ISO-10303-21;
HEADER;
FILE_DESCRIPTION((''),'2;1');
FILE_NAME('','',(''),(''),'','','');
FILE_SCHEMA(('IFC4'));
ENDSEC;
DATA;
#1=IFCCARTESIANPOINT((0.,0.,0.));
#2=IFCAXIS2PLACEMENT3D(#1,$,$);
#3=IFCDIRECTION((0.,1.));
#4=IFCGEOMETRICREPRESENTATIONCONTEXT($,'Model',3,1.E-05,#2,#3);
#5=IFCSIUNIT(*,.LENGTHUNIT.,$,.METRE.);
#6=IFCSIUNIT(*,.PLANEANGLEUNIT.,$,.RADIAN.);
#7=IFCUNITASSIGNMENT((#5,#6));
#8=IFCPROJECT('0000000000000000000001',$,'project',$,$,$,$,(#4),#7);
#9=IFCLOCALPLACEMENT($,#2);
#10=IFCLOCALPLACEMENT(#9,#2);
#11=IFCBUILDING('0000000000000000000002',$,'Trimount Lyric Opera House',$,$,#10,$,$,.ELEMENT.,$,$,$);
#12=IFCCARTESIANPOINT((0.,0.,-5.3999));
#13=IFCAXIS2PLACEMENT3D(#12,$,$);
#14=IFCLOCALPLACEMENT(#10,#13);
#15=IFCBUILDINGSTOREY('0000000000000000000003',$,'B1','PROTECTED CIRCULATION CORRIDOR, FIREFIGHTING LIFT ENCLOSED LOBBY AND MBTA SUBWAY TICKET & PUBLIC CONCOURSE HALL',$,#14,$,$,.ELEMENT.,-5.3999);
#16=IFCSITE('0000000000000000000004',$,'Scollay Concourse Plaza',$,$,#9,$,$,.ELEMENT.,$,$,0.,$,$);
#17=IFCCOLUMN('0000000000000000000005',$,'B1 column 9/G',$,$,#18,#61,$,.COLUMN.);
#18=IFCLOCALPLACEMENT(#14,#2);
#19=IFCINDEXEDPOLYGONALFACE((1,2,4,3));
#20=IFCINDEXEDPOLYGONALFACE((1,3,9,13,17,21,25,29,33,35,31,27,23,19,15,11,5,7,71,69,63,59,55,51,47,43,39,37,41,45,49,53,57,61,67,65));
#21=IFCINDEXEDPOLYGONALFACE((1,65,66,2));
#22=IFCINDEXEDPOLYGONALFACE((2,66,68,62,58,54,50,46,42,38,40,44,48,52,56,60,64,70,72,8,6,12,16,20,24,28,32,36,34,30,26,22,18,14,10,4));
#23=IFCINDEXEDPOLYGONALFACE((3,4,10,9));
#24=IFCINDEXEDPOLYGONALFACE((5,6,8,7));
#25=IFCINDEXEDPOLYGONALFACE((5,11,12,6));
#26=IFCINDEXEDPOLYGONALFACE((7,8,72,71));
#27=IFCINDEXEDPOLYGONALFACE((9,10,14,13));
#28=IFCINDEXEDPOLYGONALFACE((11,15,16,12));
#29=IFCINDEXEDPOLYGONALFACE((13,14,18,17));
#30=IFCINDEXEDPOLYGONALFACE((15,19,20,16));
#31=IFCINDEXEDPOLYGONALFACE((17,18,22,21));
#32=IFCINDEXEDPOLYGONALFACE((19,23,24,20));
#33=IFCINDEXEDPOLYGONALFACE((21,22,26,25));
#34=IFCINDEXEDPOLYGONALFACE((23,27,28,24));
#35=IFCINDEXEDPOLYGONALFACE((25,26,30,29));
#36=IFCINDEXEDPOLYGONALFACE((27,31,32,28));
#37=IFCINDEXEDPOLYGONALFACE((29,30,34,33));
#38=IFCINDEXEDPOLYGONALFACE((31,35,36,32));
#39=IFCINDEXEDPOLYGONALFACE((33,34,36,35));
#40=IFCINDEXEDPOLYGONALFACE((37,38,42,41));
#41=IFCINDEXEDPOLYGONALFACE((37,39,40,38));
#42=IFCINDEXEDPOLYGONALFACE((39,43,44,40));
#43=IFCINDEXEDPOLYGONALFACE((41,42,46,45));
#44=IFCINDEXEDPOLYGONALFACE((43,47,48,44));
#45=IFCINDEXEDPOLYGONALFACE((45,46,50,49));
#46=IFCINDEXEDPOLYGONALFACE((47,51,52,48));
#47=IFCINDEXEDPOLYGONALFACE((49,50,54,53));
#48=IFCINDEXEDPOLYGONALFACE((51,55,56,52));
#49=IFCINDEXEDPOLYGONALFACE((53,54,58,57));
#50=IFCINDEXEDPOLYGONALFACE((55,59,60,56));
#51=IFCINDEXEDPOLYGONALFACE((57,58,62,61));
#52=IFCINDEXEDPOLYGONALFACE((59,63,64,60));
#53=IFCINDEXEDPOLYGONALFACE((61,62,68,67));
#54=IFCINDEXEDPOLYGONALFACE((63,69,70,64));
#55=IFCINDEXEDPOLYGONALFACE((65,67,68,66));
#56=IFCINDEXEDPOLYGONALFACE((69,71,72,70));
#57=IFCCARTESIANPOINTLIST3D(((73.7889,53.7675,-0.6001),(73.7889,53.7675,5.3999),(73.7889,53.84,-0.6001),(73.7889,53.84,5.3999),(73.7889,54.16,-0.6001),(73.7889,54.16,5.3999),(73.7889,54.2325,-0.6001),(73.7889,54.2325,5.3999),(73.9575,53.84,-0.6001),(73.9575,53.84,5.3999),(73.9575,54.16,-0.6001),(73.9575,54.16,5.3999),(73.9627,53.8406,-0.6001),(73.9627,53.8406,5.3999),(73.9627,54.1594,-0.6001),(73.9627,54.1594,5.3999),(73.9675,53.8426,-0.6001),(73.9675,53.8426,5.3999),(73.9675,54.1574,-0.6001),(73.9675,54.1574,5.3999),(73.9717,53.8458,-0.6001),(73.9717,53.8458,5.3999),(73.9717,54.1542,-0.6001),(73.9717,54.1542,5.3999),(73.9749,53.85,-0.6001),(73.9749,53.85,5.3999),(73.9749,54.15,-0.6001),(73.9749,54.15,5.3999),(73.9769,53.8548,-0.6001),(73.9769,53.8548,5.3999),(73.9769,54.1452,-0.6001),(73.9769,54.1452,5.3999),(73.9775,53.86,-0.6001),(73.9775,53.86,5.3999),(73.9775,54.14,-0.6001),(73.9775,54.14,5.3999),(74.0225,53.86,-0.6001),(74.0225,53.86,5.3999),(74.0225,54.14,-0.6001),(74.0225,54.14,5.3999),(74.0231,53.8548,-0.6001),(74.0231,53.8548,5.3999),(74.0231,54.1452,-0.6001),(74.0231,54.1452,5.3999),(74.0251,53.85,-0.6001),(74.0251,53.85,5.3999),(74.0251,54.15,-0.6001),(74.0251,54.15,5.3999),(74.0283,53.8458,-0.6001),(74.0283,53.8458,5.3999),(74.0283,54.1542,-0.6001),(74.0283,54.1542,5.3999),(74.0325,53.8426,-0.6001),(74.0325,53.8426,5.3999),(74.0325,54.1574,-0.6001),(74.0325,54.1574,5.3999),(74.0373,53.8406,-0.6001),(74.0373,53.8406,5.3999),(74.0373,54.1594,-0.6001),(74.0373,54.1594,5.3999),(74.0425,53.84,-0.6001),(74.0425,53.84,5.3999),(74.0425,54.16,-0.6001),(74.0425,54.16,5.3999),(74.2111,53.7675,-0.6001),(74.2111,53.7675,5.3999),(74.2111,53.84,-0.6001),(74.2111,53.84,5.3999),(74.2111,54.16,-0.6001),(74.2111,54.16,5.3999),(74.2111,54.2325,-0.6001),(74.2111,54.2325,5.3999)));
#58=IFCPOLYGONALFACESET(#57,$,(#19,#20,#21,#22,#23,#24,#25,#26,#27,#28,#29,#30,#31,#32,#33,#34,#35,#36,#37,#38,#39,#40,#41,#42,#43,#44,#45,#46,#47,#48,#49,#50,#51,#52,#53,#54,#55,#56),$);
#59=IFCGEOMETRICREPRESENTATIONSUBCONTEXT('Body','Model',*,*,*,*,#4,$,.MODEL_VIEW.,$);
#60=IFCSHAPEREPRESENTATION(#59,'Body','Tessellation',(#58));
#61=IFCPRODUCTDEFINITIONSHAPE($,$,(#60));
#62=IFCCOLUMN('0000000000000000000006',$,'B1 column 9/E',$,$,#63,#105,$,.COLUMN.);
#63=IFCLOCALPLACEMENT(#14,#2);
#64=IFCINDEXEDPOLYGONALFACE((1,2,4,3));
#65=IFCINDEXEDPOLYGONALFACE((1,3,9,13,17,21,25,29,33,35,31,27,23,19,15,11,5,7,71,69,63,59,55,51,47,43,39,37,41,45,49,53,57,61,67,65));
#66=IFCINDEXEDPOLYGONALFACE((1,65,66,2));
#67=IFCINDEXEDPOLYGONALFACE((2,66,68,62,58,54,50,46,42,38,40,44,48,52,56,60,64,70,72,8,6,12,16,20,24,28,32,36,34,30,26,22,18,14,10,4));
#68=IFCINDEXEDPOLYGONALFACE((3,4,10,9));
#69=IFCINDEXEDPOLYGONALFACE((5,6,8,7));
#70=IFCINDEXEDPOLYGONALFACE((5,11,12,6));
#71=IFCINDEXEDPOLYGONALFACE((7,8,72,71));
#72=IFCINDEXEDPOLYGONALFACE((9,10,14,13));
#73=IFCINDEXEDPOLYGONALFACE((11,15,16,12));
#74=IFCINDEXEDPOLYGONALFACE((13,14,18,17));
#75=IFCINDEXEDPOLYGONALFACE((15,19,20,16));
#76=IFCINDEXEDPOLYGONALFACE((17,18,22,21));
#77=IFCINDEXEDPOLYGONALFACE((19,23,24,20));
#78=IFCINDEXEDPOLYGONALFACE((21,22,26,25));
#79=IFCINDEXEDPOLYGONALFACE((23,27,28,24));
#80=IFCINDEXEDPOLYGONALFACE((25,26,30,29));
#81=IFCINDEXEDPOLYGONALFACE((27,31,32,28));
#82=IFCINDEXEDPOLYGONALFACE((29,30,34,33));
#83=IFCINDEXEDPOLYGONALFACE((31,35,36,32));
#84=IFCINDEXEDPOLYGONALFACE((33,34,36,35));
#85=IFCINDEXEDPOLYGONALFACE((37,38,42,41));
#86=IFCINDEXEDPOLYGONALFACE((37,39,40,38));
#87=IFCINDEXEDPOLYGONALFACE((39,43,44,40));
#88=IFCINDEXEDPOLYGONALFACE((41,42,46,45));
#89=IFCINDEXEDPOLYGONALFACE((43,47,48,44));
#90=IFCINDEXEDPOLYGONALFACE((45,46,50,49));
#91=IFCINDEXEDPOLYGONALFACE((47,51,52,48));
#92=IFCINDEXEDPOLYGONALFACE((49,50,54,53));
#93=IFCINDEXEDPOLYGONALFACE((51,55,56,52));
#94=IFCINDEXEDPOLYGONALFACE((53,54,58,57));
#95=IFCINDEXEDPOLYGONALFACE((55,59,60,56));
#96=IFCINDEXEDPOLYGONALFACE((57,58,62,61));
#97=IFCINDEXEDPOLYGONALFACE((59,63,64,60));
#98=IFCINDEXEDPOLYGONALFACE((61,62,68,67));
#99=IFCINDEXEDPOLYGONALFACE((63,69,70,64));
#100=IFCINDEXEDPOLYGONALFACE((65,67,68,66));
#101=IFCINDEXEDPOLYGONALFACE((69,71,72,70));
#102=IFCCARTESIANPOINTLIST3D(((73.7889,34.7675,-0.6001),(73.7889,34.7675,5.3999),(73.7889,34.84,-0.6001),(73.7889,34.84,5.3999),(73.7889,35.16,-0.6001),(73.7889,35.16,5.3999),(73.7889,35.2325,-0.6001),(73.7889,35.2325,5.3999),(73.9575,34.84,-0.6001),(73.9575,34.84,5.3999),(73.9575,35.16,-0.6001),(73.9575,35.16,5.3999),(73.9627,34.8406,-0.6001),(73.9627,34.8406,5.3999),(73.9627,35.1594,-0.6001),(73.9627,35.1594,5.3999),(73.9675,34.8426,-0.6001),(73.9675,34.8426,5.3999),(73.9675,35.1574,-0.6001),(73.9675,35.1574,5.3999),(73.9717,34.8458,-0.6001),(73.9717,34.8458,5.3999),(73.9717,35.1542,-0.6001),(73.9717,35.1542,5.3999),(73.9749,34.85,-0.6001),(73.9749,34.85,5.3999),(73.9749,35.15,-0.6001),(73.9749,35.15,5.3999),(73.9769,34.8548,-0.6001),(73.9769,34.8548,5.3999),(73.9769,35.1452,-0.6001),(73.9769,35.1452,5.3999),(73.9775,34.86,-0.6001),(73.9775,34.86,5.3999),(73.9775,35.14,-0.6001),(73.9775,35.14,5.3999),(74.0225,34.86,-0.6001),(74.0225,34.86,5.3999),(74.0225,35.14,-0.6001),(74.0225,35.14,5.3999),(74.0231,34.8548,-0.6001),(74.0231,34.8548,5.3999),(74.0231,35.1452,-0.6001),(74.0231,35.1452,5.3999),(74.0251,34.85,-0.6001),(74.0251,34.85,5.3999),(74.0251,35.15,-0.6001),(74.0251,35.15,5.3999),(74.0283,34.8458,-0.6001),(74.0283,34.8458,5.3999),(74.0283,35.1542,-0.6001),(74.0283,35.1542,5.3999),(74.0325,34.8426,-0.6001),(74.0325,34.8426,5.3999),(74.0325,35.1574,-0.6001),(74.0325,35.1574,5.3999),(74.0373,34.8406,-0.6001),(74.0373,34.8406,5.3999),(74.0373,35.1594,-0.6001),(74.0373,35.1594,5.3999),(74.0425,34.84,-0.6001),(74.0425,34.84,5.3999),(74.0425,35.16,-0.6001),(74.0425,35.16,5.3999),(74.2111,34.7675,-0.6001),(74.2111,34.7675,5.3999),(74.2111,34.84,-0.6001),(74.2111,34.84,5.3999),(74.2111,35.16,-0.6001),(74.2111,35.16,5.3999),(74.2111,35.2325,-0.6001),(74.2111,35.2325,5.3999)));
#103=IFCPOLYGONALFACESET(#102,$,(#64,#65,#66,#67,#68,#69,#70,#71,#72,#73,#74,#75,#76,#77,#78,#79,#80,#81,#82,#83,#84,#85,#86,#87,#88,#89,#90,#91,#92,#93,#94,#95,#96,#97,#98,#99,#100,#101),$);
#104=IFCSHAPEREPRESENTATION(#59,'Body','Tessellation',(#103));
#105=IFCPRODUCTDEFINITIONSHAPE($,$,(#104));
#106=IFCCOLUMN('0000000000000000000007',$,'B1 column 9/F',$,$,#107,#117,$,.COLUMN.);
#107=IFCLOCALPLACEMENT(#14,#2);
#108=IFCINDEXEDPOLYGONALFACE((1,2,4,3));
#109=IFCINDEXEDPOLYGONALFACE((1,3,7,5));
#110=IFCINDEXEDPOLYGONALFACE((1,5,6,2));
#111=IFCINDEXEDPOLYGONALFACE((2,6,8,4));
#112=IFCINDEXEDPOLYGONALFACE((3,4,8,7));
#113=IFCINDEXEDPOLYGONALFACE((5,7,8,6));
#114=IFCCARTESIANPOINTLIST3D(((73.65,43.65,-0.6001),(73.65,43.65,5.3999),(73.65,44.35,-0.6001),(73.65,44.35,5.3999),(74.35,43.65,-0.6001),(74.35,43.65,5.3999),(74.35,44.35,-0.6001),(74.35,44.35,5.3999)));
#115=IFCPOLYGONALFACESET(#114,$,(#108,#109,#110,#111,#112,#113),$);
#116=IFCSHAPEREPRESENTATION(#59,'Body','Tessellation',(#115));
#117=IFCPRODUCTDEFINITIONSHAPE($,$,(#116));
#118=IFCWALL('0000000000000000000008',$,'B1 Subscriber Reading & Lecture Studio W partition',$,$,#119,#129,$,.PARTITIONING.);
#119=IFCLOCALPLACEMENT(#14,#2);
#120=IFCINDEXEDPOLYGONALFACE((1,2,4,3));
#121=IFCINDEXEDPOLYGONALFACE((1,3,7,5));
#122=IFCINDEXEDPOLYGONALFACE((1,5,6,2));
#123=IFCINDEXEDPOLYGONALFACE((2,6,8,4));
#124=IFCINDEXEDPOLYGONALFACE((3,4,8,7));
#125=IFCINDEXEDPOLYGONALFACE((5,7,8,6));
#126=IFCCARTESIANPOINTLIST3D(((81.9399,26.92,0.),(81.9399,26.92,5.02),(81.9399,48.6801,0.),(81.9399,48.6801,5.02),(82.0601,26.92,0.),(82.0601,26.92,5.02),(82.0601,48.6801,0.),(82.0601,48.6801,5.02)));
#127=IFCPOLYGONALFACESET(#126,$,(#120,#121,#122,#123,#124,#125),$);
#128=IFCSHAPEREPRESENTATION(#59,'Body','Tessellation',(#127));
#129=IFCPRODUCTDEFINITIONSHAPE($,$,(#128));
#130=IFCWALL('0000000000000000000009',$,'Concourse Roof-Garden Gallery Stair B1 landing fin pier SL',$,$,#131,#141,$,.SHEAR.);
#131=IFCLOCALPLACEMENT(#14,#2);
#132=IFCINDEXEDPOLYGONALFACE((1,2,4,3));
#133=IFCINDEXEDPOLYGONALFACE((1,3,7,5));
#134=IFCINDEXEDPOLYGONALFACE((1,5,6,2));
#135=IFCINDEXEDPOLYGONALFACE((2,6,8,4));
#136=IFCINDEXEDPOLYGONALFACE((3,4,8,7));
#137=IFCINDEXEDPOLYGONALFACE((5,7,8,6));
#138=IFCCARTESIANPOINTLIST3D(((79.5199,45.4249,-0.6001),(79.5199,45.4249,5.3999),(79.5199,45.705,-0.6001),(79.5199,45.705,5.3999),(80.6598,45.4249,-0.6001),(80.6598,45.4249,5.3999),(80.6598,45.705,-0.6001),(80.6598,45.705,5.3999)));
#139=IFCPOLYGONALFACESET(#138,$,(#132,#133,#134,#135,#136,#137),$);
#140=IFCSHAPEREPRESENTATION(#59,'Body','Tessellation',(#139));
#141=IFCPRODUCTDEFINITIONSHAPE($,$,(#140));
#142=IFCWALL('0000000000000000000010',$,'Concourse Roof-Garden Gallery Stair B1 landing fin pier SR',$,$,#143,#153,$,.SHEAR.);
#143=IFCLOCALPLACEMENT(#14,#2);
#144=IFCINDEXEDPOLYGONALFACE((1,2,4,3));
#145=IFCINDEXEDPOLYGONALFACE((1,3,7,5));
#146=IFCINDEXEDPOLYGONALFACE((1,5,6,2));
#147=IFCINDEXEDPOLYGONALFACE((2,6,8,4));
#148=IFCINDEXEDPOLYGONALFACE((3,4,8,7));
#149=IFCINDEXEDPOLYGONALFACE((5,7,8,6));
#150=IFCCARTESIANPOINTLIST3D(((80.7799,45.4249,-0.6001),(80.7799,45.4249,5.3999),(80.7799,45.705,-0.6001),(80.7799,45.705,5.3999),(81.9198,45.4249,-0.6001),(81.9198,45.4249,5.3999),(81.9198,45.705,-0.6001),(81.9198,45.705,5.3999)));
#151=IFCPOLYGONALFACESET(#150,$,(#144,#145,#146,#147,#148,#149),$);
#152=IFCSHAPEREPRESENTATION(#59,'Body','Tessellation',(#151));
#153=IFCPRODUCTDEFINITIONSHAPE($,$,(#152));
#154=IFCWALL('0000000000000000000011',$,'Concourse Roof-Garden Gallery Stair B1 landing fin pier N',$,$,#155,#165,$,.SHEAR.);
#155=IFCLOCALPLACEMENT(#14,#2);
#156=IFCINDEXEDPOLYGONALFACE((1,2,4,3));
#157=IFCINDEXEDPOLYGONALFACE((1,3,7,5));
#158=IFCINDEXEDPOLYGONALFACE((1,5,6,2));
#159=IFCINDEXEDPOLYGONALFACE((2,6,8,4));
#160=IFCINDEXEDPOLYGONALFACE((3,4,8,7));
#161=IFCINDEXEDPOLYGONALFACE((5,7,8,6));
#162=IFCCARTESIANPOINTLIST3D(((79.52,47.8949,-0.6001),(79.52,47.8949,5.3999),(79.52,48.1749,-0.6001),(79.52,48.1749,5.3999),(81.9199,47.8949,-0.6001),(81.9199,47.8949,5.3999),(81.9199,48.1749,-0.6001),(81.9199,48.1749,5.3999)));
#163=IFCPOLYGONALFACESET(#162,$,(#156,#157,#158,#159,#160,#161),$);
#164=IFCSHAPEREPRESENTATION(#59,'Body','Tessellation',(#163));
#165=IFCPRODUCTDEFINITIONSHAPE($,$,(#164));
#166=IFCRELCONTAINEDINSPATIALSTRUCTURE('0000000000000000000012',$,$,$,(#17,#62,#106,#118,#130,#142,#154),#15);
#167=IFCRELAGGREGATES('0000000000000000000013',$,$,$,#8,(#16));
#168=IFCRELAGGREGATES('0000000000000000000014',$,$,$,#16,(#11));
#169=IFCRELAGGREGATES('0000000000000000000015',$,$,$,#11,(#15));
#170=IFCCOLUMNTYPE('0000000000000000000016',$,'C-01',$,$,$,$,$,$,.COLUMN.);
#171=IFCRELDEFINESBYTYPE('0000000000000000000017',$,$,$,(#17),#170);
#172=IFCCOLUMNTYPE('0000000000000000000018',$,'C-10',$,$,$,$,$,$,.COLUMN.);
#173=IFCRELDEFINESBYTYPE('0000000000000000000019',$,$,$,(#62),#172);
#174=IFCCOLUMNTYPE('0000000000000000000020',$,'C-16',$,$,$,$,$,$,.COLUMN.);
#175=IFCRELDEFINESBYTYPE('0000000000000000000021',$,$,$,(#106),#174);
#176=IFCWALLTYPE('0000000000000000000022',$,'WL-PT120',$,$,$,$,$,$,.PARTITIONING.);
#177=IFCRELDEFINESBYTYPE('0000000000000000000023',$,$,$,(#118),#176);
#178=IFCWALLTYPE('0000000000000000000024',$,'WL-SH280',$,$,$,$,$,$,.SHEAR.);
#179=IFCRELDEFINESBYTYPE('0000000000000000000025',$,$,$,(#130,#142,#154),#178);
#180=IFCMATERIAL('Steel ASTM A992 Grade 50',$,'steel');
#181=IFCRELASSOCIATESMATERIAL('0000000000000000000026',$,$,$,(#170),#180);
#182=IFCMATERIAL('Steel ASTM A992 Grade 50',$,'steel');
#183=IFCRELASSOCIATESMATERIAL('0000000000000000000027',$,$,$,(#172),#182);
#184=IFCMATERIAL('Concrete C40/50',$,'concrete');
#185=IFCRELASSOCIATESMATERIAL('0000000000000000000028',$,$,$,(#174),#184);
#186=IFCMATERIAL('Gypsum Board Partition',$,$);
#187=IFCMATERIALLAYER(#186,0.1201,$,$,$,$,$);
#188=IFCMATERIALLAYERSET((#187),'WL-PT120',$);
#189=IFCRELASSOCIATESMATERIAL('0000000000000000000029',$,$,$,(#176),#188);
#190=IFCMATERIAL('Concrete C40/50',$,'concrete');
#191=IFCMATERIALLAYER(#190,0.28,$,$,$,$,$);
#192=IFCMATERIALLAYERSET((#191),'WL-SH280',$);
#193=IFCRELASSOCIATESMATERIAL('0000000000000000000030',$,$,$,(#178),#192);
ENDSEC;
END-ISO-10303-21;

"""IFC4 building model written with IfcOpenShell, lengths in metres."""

from ifc_helpers import new_model, si_unit, direction, frame, frame_2d, origin, origin_2d, place, context, subcontext, project, spatial, rectangle, i_section, extrude, material, layer, layer_set, material_profile, profile_set, type_object, element, save


model = new_model("IFC4")

# Units and contexts
model_context = context("Model", 3, precision=1e-05, world=origin(), true_north=direction((0.0, 1.0)))
body_context = subcontext(model_context, "Body", "Model", "MODEL_VIEW")
ifc_project = project(units=[si_unit("LENGTHUNIT", "METRE"), si_unit("PLANEANGLEUNIT", "RADIAN")], contexts=[model_context])

# Site, building, storey
site_placement = place(None, origin())
site = spatial("IfcSite", under=ifc_project, at=site_placement, Name="Scollay Concourse Plaza", CompositionType="ELEMENT", RefElevation=0.0)
building_placement = place(site_placement, origin())
building = spatial("IfcBuilding", under=site, at=building_placement, Name="Trimount Lyric Opera House", CompositionType="ELEMENT")
storey_placement = place(building_placement, frame((0.0, 0.0, -5.3999)))
storey = spatial("IfcBuildingStorey", under=building, at=storey_placement, Name="B1", Description="PROTECTED CIRCULATION CORRIDOR, FIREFIGHTING LIFT ENCLOSED LOBBY AND MBTA SUBWAY TICKET & PUBLIC CONCOURSE HALL", CompositionType="ELEMENT", Elevation=-5.3999)

# Columns
ifc_material_1 = material(Name="Steel ASTM A992 Grade 50", Category="steel")
ifc_material_profile_1 = material_profile(ifc_material_1, i_section(OverallWidth=0.4221, OverallDepth=0.4651, WebThickness=0.0449, FlangeThickness=0.0725, FilletRadius=0.02, at=origin_2d()), Name="W14X398")
ifc_profile_set_1 = profile_set([ifc_material_profile_1], Name="Steel ASTM A992 Grade 50")
column_type_1 = type_object("IfcColumnType", Name="C-01", PredefinedType="COLUMN", material=ifc_profile_set_1)
column_1_placement = place(storey_placement, frame((74.0, 54.0, -0.6001), z_axis=(0.0, 0.0, 1.0), x_axis=(1.0, 0.0, 0.0)))
element("IfcColumn", 1, at=column_1_placement, inside=storey, type_object=column_type_1, Name="B1 column 9/G", PredefinedType="COLUMN", context=body_context, shape_type="SweptSolid", body=[
    extrude(i_section(OverallWidth=0.4221, OverallDepth=0.4651, WebThickness=0.0449, FlangeThickness=0.0725, FilletRadius=0.02, at=origin_2d()), origin(), (0.0, 0.0, 1.0), 6.0),
])
ifc_material_2 = material(Name="Steel ASTM A992 Grade 50", Category="steel")
ifc_material_profile_2 = material_profile(ifc_material_2, i_section(OverallWidth=0.4221, OverallDepth=0.4651, WebThickness=0.0449, FlangeThickness=0.0725, FilletRadius=0.02, at=origin_2d()), Name="W14X398")
ifc_profile_set_2 = profile_set([ifc_material_profile_2], Name="Steel ASTM A992 Grade 50")
column_type_2 = type_object("IfcColumnType", Name="C-10", PredefinedType="COLUMN", material=ifc_profile_set_2)
column_2_placement = place(storey_placement, frame((74.0, 35.0, -0.6001), z_axis=(0.0, 0.0, 1.0), x_axis=(1.0, 0.0, 0.0)))
element("IfcColumn", 2, at=column_2_placement, inside=storey, type_object=column_type_2, Name="B1 column 9/E", PredefinedType="COLUMN", context=body_context, shape_type="SweptSolid", body=[
    extrude(i_section(OverallWidth=0.4221, OverallDepth=0.4651, WebThickness=0.0449, FlangeThickness=0.0725, FilletRadius=0.02, at=origin_2d()), origin(), (0.0, 0.0, 1.0), 6.0),
])
ifc_material_3 = material(Name="Concrete C40/50", Category="concrete")
ifc_material_profile_3 = material_profile(ifc_material_3, rectangle(XDim=0.7, YDim=0.7, at=origin_2d()), Name="RC700X700")
ifc_profile_set_3 = profile_set([ifc_material_profile_3], Name="Concrete C40/50")
column_type_3 = type_object("IfcColumnType", Name="C-16", PredefinedType="COLUMN", material=ifc_profile_set_3)
column_3_placement = place(storey_placement, frame((74.0, 44.0, -0.6001), z_axis=(0.0, 0.0, 1.0), x_axis=(1.0, 0.0, 0.0)))
element("IfcColumn", 3, at=column_3_placement, inside=storey, type_object=column_type_3, Name="B1 column 9/F", PredefinedType="COLUMN", context=body_context, shape_type="SweptSolid", body=[
    extrude(rectangle(XDim=0.7, YDim=0.7, at=origin_2d()), origin(), (0.0, 0.0, 1.0), 6.0),
])

# Walls
ifc_material_4 = material(Name="Gypsum Board Partition")
ifc_layer_1 = layer(ifc_material_4, 0.1201)
ifc_layer_set_1 = layer_set([ifc_layer_1], Name="WL-PT120")
wall_type_1 = type_object("IfcWallType", Name="WL-PT120", PredefinedType="PARTITIONING", material=ifc_layer_set_1)
wall_1_placement = place(storey_placement, frame((82.0, 48.6799, 0.0), z_axis=(0.0, 0.0, 1.0), x_axis=(0.0, -1.0, 0.0)))
element("IfcWall", 4, at=wall_1_placement, inside=storey, type_object=wall_type_1, Name="B1 Subscriber Reading & Lecture Studio W partition", PredefinedType="PARTITIONING", context=body_context, shape_type="SweptSolid", body=[
    extrude(rectangle(XDim=21.76, YDim=0.1201, at=frame_2d((10.8799, 0.0))), origin(), (0.0, 0.0, 1.0), 5.02),
])
ifc_material_5 = material(Name="Concrete C40/50", Category="concrete")
ifc_layer_2 = layer(ifc_material_5, 0.28)
ifc_layer_set_2 = layer_set([ifc_layer_2], Name="WL-SH280")
wall_type_2 = type_object("IfcWallType", Name="WL-SH280", PredefinedType="SHEAR", material=ifc_layer_set_2)
for number, where, z_axis, x_axis, name in (
    (5, (79.52, 45.5649, -0.6001), (0.0, 0.0, 1.0), (1.0, 0.0, 0.0), "Concourse Roof-Garden Gallery Stair B1 landing fin pier SL"),
    (6, (80.78, 45.5649, -0.6001), (0.0, 0.0, 1.0), (1.0, 0.0, 0.0), "Concourse Roof-Garden Gallery Stair B1 landing fin pier SR"),
):
    element("IfcWall", number, at=place(storey_placement, frame(where, z_axis=z_axis, x_axis=x_axis)), inside=storey, type_object=wall_type_2, Name=name, PredefinedType="SHEAR", context=body_context, shape_type="SweptSolid", body=[
        extrude(rectangle(XDim=1.1399, YDim=0.28, at=frame_2d((0.5698, 0.0))), origin(), (0.0, 0.0, 1.0), 6.0),
    ])
wall_2_placement = place(storey_placement, frame((79.52, 48.0349, -0.6001), z_axis=(0.0, 0.0, 1.0), x_axis=(1.0, 0.0, 0.0)))
element("IfcWall", 7, at=wall_2_placement, inside=storey, type_object=wall_type_2, Name="Concourse Roof-Garden Gallery Stair B1 landing fin pier N", PredefinedType="SHEAR", context=body_context, shape_type="SweptSolid", body=[
    extrude(rectangle(XDim=2.3999, YDim=0.28, at=frame_2d((1.2, 0.0))), origin(), (0.0, 0.0, 1.0), 6.0),
])

save(model, "model.ifc")
